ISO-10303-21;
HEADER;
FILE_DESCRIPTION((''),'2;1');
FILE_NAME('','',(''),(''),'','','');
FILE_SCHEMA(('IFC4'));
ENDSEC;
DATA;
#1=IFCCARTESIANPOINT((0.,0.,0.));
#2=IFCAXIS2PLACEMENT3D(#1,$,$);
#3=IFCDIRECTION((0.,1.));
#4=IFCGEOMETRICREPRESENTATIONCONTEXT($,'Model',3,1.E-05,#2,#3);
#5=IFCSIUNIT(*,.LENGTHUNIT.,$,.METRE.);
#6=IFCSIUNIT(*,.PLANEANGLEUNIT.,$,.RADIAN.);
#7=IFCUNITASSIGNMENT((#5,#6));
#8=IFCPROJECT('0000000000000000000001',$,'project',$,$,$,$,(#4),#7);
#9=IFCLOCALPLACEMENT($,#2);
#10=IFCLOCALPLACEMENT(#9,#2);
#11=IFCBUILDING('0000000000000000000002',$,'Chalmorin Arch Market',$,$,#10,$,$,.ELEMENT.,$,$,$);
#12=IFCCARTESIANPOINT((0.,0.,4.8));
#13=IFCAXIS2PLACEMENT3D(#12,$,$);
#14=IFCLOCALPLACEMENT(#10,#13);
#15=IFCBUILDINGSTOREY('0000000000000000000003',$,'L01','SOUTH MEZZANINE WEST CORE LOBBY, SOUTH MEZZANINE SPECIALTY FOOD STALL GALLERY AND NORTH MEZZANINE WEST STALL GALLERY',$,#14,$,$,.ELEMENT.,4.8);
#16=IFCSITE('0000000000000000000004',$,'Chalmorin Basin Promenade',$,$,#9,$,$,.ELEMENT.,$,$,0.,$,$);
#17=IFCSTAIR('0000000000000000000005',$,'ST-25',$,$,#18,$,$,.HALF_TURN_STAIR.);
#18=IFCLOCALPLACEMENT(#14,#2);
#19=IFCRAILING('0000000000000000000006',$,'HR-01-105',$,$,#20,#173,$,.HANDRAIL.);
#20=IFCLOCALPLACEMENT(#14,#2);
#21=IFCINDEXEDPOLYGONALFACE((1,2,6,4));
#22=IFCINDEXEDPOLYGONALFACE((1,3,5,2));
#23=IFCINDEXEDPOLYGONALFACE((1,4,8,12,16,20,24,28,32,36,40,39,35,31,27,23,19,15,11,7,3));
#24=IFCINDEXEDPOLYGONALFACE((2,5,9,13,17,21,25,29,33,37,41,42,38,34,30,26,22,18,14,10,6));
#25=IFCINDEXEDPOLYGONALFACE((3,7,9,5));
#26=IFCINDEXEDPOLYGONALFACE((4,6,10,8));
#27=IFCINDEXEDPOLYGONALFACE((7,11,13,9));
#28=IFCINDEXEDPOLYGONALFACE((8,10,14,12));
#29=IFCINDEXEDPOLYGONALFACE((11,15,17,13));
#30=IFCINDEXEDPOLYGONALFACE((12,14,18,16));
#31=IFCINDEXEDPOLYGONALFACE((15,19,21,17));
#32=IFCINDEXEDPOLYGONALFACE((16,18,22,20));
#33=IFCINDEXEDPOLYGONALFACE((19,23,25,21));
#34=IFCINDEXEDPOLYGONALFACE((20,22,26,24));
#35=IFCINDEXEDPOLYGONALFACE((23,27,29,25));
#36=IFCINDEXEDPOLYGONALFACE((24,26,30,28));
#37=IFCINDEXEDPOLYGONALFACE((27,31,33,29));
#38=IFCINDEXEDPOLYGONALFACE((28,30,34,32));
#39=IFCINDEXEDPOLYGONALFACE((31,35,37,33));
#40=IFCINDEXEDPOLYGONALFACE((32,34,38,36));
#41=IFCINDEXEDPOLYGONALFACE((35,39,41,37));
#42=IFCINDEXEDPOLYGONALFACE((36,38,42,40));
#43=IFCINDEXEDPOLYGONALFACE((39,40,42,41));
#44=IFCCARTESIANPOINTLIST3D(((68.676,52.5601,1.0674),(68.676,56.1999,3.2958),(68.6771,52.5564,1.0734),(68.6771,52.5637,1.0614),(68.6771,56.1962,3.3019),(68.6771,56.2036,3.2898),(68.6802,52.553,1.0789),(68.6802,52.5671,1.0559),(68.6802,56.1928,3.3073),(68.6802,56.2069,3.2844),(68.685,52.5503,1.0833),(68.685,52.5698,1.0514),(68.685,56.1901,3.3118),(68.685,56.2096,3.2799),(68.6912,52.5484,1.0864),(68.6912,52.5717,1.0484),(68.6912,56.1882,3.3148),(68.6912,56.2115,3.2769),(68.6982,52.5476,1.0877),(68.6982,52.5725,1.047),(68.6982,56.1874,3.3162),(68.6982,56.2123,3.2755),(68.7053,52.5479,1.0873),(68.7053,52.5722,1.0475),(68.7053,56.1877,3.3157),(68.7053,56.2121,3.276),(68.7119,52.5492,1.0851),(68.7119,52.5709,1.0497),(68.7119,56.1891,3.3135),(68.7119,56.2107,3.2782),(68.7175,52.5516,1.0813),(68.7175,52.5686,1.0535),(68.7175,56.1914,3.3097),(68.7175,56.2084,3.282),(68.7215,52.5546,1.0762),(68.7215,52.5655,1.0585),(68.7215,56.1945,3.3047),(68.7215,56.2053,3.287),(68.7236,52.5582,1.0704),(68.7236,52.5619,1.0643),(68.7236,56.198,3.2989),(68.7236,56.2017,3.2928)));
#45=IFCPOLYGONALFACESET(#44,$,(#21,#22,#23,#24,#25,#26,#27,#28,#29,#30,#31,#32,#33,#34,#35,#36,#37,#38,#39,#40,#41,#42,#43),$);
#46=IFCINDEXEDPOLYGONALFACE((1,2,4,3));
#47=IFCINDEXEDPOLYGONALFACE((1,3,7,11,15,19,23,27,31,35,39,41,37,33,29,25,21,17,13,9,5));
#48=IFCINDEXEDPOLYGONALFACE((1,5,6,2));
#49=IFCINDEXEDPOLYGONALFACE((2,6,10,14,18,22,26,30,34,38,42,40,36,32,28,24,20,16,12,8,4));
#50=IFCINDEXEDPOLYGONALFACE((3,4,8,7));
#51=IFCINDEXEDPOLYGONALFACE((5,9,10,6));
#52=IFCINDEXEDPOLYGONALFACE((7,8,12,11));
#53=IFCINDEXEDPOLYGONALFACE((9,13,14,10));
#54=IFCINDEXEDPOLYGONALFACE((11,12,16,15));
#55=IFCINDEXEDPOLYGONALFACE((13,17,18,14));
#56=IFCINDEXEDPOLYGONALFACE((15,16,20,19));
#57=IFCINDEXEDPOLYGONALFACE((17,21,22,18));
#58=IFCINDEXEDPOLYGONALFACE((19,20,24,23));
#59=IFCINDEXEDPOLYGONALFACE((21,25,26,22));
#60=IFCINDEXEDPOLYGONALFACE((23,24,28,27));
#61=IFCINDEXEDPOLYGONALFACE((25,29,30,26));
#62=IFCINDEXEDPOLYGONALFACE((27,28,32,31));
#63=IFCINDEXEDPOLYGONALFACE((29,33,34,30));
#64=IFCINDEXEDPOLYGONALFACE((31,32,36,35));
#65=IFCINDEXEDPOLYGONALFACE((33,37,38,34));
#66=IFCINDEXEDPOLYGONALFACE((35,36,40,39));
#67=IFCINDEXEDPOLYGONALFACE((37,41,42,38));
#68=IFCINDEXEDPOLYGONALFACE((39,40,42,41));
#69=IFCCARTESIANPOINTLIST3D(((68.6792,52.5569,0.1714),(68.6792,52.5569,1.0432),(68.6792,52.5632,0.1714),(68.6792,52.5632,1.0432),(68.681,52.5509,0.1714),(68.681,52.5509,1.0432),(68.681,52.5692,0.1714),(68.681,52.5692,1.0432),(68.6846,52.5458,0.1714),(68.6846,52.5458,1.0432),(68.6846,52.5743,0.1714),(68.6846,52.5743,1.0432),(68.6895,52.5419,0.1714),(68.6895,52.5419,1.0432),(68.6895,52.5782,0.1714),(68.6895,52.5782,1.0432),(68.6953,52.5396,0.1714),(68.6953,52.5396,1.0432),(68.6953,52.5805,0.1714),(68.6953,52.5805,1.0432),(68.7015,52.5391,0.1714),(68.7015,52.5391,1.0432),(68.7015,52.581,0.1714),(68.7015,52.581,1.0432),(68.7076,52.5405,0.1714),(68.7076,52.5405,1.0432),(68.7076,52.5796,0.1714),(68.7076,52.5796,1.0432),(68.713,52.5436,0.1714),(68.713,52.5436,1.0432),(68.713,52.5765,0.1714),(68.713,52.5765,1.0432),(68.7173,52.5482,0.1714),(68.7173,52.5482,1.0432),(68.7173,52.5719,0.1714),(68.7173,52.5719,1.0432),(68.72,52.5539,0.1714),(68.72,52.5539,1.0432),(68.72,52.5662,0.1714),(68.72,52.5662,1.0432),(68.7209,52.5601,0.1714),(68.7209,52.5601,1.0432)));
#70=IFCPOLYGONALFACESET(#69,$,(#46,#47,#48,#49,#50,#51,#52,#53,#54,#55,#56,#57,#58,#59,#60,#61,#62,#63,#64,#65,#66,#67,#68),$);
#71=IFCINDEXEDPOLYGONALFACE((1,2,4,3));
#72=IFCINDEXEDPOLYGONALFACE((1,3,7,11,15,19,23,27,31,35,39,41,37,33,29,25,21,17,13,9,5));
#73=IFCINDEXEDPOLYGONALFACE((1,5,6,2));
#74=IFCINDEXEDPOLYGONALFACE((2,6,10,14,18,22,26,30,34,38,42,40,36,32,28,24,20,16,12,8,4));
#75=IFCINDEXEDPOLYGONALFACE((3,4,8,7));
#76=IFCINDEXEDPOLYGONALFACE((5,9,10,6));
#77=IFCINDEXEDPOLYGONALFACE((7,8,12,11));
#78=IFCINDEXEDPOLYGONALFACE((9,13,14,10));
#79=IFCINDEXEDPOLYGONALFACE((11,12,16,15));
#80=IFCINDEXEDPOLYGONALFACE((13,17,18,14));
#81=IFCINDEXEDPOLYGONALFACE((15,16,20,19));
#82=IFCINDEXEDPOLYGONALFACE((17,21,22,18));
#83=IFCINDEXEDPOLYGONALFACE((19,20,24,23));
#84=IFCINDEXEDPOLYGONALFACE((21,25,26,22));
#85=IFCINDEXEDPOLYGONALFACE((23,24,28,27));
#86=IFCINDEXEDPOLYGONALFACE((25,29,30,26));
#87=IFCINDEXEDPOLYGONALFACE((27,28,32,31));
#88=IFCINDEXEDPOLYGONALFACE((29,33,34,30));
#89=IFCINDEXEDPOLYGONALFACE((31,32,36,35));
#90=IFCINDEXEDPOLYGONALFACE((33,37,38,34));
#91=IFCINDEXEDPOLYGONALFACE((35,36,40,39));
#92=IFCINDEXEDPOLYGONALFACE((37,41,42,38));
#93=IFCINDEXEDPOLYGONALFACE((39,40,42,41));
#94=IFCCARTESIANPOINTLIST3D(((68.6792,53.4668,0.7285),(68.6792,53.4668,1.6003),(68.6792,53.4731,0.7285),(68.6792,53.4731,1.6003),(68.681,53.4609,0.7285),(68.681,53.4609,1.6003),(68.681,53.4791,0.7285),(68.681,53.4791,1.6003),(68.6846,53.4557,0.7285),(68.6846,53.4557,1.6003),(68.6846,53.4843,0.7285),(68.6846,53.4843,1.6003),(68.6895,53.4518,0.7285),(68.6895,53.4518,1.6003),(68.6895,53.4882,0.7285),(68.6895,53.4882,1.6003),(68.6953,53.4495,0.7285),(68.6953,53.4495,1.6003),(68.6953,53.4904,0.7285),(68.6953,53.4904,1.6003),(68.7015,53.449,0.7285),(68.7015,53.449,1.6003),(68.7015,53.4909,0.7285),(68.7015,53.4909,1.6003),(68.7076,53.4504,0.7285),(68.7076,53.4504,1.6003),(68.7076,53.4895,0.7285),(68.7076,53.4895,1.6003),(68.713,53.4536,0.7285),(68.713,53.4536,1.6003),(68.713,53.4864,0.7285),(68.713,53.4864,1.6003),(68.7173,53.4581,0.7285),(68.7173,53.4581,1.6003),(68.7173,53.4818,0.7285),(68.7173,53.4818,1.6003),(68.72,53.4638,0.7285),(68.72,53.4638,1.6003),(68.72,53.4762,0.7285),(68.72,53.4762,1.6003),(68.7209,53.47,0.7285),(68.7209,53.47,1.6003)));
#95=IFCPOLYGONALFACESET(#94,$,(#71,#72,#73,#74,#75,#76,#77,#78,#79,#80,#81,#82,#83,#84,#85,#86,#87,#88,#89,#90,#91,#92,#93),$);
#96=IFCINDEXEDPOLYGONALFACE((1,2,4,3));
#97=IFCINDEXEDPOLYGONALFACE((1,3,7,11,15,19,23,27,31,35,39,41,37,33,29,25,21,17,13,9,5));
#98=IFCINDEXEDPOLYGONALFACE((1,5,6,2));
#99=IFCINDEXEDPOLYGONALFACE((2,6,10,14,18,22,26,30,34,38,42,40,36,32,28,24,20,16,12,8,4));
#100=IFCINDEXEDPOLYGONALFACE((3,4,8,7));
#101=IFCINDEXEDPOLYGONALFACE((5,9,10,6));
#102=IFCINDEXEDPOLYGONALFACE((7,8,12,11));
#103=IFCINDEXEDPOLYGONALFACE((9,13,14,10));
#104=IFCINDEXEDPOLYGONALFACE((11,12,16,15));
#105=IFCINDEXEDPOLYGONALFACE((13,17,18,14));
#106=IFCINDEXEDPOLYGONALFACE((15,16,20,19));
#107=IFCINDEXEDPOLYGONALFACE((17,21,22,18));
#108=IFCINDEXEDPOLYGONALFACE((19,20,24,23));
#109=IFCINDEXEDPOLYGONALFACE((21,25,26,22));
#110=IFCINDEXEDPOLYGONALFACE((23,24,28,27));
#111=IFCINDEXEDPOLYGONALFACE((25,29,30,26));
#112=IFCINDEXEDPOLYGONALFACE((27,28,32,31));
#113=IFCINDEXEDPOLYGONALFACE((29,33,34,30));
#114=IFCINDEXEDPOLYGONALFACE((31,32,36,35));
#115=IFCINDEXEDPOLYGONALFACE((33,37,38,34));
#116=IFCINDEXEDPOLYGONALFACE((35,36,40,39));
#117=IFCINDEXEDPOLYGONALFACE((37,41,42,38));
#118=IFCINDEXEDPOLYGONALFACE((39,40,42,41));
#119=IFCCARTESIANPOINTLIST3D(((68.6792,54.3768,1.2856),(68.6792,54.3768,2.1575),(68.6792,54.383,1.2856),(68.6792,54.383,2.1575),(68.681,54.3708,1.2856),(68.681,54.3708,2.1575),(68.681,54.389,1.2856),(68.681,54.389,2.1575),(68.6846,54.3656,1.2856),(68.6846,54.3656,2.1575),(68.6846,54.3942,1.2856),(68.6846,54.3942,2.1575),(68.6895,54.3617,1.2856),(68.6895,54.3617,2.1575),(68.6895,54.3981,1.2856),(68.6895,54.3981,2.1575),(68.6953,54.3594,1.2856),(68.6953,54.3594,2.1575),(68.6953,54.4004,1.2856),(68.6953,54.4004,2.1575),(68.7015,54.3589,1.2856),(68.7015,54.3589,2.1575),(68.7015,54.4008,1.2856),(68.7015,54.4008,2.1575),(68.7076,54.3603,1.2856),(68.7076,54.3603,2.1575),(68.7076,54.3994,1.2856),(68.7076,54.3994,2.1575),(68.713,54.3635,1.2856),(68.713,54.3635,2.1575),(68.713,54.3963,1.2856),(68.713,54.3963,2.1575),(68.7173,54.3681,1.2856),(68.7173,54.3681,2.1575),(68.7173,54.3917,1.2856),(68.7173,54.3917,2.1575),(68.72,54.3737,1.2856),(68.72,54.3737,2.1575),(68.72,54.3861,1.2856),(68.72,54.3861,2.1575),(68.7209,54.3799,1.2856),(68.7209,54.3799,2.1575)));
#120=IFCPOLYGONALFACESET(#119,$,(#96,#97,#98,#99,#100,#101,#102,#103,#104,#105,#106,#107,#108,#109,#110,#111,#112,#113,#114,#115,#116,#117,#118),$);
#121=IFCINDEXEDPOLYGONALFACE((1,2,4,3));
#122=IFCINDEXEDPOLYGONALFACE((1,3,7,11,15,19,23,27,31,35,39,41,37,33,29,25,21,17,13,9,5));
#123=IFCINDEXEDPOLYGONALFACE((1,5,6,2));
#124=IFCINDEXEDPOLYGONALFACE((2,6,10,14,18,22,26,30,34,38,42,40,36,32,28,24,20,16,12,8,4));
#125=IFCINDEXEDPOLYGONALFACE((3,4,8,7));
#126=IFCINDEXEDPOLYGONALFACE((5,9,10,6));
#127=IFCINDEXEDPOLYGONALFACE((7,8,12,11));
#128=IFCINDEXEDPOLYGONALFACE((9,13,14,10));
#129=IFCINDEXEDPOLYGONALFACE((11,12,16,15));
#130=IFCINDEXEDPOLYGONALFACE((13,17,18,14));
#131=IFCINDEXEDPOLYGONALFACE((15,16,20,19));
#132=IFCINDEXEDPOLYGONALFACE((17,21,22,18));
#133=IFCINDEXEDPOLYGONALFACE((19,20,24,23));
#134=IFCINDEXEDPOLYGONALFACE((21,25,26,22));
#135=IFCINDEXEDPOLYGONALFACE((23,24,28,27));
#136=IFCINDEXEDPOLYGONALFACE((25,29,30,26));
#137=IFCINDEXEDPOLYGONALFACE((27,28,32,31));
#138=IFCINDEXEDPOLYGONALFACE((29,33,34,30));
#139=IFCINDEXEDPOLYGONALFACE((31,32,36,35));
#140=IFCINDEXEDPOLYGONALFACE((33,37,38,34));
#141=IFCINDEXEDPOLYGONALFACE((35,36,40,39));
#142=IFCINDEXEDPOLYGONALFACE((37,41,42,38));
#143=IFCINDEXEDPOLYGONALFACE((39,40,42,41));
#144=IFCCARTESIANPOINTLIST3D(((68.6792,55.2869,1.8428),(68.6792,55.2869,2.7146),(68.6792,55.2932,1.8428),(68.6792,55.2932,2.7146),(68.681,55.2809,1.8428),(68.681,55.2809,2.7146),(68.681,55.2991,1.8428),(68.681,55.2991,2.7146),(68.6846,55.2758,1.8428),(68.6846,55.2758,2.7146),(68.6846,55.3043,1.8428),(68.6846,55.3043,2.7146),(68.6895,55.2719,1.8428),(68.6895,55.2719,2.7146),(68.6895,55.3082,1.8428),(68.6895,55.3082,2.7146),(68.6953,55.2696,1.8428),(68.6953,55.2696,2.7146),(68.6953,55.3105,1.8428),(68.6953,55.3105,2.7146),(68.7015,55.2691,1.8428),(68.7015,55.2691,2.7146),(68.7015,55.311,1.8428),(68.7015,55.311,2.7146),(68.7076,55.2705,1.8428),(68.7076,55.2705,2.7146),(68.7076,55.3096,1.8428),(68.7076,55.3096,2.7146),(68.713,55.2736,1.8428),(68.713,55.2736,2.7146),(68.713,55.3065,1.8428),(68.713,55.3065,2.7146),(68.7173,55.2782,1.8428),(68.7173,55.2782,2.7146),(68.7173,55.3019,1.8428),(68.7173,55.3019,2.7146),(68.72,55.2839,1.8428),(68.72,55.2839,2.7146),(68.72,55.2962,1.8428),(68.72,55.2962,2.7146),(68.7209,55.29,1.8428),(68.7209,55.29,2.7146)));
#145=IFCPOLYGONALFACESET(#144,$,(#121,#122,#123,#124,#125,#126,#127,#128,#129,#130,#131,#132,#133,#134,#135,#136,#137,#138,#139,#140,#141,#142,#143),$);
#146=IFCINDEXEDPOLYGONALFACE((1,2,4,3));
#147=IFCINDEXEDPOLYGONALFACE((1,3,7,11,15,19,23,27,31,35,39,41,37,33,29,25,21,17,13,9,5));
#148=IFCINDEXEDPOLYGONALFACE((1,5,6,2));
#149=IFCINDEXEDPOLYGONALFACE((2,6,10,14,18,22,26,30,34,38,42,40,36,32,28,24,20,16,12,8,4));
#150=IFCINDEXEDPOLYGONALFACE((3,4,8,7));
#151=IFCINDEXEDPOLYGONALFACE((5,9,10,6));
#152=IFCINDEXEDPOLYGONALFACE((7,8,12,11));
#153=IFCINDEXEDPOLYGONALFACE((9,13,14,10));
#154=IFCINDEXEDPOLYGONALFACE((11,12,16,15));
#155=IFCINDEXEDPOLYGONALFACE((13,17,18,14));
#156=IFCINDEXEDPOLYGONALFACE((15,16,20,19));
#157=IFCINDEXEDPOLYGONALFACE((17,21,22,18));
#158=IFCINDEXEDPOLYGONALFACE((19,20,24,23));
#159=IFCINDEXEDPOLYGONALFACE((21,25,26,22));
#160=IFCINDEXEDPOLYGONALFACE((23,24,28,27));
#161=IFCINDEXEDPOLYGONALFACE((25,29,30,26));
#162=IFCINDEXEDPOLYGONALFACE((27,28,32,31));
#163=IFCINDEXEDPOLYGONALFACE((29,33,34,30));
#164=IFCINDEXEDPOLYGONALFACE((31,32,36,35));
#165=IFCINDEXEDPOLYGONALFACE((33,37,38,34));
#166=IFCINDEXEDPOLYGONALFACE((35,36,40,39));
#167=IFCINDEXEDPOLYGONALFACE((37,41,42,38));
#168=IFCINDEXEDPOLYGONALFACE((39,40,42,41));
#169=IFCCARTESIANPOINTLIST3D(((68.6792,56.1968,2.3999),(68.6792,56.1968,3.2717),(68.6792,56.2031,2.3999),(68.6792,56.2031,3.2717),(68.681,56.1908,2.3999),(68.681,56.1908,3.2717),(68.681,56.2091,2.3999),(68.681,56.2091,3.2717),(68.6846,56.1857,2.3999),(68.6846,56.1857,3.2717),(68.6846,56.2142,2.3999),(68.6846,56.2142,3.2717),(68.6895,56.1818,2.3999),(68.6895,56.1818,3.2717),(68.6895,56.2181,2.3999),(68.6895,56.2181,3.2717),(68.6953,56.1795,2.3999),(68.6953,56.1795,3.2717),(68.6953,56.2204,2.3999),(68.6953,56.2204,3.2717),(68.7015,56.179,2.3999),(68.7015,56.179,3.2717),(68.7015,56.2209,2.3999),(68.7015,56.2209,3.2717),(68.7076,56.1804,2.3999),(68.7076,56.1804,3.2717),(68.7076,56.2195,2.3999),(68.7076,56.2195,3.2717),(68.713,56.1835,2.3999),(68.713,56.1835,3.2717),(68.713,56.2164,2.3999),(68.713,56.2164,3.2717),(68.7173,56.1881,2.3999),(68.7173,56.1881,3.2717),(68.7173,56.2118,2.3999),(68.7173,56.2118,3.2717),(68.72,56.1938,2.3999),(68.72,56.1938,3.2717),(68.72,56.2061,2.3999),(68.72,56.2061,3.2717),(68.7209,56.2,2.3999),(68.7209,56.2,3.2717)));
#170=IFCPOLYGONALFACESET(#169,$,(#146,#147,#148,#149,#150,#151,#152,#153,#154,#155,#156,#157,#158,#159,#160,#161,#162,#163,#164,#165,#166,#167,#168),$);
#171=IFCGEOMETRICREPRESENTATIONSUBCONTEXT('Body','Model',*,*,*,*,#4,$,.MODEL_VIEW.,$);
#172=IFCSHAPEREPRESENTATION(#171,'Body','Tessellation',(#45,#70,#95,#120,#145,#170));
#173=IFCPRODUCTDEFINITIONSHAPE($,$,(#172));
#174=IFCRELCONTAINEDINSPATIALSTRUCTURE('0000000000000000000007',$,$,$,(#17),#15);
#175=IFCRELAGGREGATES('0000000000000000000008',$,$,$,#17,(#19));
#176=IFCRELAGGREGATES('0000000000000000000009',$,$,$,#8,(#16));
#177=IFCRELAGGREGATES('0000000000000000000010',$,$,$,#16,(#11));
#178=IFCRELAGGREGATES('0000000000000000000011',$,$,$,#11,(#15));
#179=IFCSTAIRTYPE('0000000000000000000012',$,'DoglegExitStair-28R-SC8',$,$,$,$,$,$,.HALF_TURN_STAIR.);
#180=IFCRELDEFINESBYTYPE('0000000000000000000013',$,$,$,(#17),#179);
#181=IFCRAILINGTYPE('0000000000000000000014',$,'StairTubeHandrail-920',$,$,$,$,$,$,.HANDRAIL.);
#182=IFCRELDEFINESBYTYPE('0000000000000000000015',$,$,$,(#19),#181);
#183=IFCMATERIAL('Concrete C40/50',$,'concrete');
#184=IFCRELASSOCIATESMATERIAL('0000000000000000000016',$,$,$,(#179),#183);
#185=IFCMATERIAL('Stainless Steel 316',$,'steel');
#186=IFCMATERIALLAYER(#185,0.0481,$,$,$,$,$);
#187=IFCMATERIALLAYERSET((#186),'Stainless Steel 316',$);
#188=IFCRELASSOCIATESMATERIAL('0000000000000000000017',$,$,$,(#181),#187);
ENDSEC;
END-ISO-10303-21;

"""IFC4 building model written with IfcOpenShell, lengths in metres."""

from ifc_helpers import new_model, si_unit, direction, frame, origin, origin_2d, place, context, subcontext, project, spatial, circle, extrude, material, layer, layer_set, type_object, element, aggregate, save


model = new_model("IFC4")

# Units and contexts
model_context = context("Model", 3, precision=1e-05, world=origin(), true_north=direction((0.0, 1.0)))
body_context = subcontext(model_context, "Body", "Model", "MODEL_VIEW")
ifc_project = project(units=[si_unit("LENGTHUNIT", "METRE"), si_unit("PLANEANGLEUNIT", "RADIAN")], contexts=[model_context])

# Site, building, storey
site_placement = place(None, origin())
site = spatial("IfcSite", under=ifc_project, at=site_placement, Name="Chalmorin Basin Promenade", CompositionType="ELEMENT", RefElevation=0.0)
building_placement = place(site_placement, origin())
building = spatial("IfcBuilding", under=site, at=building_placement, Name="Chalmorin Arch Market", CompositionType="ELEMENT")
storey_placement = place(building_placement, frame((0.0, 0.0, 4.8)))
storey = spatial("IfcBuildingStorey", under=building, at=storey_placement, Name="L01", Description="SOUTH MEZZANINE WEST CORE LOBBY, SOUTH MEZZANINE SPECIALTY FOOD STALL GALLERY AND NORTH MEZZANINE WEST STALL GALLERY", CompositionType="ELEMENT", Elevation=4.8)

# Shared definitions
ifc_material_1 = material(Name="Concrete C40/50", Category="concrete")

# Stair, railing
stair_type_1 = type_object("IfcStairType", Name="DoglegExitStair-28R-SC8", PredefinedType="HALF_TURN_STAIR", material=ifc_material_1)
stair_1_placement = place(storey_placement, origin())
stair_1 = element("IfcStair", 1, at=stair_1_placement, inside=storey, type_object=stair_type_1, Name="ST-25", PredefinedType="HALF_TURN_STAIR")
ifc_material_2 = material(Name="Stainless Steel 316", Category="steel")
ifc_layer_1 = layer(ifc_material_2, 0.0481)
ifc_layer_set_1 = layer_set([ifc_layer_1], Name="Stainless Steel 316")
railing_type_1 = type_object("IfcRailingType", Name="StairTubeHandrail-920", PredefinedType="HANDRAIL", material=ifc_layer_set_1)
railing_1_placement = place(storey_placement, frame((68.7, 52.5601, 0.1714)))
railing_1 = element("IfcRailing", 2, at=railing_1_placement, type_object=railing_type_1, Name="HR-01-105", PredefinedType="HANDRAIL", context=body_context, shape_type="SweptSolid", body=[
    extrude(circle(Radius=0.0239, at=origin_2d()), frame((0.0, 0.0, 0.896), z_axis=(0.0, 0.85285, 0.522156), x_axis=(-1.0, 0.0, 0.0)), (0.0, 0.0, 1.0), 4.2678),
    extrude(circle(Radius=0.021, at=origin_2d()), origin(), (0.0, 0.0, 1.0), 0.8718),
    extrude(circle(Radius=0.021, at=origin_2d()), frame((0.0, 0.9099, 0.5571)), (0.0, 0.0, 1.0), 0.8718),
    extrude(circle(Radius=0.021, at=origin_2d()), frame((0.0, 1.8198, 1.1143)), (0.0, 0.0, 1.0), 0.8718),
    extrude(circle(Radius=0.021, at=origin_2d()), frame((0.0, 2.73, 1.6714)), (0.0, 0.0, 1.0), 0.8718),
    extrude(circle(Radius=0.021, at=origin_2d()), frame((0.0, 3.6399, 2.2285)), (0.0, 0.0, 1.0), 0.8718),
])
aggregate(stair_1, [railing_1])

save(model, "model.ifc")
